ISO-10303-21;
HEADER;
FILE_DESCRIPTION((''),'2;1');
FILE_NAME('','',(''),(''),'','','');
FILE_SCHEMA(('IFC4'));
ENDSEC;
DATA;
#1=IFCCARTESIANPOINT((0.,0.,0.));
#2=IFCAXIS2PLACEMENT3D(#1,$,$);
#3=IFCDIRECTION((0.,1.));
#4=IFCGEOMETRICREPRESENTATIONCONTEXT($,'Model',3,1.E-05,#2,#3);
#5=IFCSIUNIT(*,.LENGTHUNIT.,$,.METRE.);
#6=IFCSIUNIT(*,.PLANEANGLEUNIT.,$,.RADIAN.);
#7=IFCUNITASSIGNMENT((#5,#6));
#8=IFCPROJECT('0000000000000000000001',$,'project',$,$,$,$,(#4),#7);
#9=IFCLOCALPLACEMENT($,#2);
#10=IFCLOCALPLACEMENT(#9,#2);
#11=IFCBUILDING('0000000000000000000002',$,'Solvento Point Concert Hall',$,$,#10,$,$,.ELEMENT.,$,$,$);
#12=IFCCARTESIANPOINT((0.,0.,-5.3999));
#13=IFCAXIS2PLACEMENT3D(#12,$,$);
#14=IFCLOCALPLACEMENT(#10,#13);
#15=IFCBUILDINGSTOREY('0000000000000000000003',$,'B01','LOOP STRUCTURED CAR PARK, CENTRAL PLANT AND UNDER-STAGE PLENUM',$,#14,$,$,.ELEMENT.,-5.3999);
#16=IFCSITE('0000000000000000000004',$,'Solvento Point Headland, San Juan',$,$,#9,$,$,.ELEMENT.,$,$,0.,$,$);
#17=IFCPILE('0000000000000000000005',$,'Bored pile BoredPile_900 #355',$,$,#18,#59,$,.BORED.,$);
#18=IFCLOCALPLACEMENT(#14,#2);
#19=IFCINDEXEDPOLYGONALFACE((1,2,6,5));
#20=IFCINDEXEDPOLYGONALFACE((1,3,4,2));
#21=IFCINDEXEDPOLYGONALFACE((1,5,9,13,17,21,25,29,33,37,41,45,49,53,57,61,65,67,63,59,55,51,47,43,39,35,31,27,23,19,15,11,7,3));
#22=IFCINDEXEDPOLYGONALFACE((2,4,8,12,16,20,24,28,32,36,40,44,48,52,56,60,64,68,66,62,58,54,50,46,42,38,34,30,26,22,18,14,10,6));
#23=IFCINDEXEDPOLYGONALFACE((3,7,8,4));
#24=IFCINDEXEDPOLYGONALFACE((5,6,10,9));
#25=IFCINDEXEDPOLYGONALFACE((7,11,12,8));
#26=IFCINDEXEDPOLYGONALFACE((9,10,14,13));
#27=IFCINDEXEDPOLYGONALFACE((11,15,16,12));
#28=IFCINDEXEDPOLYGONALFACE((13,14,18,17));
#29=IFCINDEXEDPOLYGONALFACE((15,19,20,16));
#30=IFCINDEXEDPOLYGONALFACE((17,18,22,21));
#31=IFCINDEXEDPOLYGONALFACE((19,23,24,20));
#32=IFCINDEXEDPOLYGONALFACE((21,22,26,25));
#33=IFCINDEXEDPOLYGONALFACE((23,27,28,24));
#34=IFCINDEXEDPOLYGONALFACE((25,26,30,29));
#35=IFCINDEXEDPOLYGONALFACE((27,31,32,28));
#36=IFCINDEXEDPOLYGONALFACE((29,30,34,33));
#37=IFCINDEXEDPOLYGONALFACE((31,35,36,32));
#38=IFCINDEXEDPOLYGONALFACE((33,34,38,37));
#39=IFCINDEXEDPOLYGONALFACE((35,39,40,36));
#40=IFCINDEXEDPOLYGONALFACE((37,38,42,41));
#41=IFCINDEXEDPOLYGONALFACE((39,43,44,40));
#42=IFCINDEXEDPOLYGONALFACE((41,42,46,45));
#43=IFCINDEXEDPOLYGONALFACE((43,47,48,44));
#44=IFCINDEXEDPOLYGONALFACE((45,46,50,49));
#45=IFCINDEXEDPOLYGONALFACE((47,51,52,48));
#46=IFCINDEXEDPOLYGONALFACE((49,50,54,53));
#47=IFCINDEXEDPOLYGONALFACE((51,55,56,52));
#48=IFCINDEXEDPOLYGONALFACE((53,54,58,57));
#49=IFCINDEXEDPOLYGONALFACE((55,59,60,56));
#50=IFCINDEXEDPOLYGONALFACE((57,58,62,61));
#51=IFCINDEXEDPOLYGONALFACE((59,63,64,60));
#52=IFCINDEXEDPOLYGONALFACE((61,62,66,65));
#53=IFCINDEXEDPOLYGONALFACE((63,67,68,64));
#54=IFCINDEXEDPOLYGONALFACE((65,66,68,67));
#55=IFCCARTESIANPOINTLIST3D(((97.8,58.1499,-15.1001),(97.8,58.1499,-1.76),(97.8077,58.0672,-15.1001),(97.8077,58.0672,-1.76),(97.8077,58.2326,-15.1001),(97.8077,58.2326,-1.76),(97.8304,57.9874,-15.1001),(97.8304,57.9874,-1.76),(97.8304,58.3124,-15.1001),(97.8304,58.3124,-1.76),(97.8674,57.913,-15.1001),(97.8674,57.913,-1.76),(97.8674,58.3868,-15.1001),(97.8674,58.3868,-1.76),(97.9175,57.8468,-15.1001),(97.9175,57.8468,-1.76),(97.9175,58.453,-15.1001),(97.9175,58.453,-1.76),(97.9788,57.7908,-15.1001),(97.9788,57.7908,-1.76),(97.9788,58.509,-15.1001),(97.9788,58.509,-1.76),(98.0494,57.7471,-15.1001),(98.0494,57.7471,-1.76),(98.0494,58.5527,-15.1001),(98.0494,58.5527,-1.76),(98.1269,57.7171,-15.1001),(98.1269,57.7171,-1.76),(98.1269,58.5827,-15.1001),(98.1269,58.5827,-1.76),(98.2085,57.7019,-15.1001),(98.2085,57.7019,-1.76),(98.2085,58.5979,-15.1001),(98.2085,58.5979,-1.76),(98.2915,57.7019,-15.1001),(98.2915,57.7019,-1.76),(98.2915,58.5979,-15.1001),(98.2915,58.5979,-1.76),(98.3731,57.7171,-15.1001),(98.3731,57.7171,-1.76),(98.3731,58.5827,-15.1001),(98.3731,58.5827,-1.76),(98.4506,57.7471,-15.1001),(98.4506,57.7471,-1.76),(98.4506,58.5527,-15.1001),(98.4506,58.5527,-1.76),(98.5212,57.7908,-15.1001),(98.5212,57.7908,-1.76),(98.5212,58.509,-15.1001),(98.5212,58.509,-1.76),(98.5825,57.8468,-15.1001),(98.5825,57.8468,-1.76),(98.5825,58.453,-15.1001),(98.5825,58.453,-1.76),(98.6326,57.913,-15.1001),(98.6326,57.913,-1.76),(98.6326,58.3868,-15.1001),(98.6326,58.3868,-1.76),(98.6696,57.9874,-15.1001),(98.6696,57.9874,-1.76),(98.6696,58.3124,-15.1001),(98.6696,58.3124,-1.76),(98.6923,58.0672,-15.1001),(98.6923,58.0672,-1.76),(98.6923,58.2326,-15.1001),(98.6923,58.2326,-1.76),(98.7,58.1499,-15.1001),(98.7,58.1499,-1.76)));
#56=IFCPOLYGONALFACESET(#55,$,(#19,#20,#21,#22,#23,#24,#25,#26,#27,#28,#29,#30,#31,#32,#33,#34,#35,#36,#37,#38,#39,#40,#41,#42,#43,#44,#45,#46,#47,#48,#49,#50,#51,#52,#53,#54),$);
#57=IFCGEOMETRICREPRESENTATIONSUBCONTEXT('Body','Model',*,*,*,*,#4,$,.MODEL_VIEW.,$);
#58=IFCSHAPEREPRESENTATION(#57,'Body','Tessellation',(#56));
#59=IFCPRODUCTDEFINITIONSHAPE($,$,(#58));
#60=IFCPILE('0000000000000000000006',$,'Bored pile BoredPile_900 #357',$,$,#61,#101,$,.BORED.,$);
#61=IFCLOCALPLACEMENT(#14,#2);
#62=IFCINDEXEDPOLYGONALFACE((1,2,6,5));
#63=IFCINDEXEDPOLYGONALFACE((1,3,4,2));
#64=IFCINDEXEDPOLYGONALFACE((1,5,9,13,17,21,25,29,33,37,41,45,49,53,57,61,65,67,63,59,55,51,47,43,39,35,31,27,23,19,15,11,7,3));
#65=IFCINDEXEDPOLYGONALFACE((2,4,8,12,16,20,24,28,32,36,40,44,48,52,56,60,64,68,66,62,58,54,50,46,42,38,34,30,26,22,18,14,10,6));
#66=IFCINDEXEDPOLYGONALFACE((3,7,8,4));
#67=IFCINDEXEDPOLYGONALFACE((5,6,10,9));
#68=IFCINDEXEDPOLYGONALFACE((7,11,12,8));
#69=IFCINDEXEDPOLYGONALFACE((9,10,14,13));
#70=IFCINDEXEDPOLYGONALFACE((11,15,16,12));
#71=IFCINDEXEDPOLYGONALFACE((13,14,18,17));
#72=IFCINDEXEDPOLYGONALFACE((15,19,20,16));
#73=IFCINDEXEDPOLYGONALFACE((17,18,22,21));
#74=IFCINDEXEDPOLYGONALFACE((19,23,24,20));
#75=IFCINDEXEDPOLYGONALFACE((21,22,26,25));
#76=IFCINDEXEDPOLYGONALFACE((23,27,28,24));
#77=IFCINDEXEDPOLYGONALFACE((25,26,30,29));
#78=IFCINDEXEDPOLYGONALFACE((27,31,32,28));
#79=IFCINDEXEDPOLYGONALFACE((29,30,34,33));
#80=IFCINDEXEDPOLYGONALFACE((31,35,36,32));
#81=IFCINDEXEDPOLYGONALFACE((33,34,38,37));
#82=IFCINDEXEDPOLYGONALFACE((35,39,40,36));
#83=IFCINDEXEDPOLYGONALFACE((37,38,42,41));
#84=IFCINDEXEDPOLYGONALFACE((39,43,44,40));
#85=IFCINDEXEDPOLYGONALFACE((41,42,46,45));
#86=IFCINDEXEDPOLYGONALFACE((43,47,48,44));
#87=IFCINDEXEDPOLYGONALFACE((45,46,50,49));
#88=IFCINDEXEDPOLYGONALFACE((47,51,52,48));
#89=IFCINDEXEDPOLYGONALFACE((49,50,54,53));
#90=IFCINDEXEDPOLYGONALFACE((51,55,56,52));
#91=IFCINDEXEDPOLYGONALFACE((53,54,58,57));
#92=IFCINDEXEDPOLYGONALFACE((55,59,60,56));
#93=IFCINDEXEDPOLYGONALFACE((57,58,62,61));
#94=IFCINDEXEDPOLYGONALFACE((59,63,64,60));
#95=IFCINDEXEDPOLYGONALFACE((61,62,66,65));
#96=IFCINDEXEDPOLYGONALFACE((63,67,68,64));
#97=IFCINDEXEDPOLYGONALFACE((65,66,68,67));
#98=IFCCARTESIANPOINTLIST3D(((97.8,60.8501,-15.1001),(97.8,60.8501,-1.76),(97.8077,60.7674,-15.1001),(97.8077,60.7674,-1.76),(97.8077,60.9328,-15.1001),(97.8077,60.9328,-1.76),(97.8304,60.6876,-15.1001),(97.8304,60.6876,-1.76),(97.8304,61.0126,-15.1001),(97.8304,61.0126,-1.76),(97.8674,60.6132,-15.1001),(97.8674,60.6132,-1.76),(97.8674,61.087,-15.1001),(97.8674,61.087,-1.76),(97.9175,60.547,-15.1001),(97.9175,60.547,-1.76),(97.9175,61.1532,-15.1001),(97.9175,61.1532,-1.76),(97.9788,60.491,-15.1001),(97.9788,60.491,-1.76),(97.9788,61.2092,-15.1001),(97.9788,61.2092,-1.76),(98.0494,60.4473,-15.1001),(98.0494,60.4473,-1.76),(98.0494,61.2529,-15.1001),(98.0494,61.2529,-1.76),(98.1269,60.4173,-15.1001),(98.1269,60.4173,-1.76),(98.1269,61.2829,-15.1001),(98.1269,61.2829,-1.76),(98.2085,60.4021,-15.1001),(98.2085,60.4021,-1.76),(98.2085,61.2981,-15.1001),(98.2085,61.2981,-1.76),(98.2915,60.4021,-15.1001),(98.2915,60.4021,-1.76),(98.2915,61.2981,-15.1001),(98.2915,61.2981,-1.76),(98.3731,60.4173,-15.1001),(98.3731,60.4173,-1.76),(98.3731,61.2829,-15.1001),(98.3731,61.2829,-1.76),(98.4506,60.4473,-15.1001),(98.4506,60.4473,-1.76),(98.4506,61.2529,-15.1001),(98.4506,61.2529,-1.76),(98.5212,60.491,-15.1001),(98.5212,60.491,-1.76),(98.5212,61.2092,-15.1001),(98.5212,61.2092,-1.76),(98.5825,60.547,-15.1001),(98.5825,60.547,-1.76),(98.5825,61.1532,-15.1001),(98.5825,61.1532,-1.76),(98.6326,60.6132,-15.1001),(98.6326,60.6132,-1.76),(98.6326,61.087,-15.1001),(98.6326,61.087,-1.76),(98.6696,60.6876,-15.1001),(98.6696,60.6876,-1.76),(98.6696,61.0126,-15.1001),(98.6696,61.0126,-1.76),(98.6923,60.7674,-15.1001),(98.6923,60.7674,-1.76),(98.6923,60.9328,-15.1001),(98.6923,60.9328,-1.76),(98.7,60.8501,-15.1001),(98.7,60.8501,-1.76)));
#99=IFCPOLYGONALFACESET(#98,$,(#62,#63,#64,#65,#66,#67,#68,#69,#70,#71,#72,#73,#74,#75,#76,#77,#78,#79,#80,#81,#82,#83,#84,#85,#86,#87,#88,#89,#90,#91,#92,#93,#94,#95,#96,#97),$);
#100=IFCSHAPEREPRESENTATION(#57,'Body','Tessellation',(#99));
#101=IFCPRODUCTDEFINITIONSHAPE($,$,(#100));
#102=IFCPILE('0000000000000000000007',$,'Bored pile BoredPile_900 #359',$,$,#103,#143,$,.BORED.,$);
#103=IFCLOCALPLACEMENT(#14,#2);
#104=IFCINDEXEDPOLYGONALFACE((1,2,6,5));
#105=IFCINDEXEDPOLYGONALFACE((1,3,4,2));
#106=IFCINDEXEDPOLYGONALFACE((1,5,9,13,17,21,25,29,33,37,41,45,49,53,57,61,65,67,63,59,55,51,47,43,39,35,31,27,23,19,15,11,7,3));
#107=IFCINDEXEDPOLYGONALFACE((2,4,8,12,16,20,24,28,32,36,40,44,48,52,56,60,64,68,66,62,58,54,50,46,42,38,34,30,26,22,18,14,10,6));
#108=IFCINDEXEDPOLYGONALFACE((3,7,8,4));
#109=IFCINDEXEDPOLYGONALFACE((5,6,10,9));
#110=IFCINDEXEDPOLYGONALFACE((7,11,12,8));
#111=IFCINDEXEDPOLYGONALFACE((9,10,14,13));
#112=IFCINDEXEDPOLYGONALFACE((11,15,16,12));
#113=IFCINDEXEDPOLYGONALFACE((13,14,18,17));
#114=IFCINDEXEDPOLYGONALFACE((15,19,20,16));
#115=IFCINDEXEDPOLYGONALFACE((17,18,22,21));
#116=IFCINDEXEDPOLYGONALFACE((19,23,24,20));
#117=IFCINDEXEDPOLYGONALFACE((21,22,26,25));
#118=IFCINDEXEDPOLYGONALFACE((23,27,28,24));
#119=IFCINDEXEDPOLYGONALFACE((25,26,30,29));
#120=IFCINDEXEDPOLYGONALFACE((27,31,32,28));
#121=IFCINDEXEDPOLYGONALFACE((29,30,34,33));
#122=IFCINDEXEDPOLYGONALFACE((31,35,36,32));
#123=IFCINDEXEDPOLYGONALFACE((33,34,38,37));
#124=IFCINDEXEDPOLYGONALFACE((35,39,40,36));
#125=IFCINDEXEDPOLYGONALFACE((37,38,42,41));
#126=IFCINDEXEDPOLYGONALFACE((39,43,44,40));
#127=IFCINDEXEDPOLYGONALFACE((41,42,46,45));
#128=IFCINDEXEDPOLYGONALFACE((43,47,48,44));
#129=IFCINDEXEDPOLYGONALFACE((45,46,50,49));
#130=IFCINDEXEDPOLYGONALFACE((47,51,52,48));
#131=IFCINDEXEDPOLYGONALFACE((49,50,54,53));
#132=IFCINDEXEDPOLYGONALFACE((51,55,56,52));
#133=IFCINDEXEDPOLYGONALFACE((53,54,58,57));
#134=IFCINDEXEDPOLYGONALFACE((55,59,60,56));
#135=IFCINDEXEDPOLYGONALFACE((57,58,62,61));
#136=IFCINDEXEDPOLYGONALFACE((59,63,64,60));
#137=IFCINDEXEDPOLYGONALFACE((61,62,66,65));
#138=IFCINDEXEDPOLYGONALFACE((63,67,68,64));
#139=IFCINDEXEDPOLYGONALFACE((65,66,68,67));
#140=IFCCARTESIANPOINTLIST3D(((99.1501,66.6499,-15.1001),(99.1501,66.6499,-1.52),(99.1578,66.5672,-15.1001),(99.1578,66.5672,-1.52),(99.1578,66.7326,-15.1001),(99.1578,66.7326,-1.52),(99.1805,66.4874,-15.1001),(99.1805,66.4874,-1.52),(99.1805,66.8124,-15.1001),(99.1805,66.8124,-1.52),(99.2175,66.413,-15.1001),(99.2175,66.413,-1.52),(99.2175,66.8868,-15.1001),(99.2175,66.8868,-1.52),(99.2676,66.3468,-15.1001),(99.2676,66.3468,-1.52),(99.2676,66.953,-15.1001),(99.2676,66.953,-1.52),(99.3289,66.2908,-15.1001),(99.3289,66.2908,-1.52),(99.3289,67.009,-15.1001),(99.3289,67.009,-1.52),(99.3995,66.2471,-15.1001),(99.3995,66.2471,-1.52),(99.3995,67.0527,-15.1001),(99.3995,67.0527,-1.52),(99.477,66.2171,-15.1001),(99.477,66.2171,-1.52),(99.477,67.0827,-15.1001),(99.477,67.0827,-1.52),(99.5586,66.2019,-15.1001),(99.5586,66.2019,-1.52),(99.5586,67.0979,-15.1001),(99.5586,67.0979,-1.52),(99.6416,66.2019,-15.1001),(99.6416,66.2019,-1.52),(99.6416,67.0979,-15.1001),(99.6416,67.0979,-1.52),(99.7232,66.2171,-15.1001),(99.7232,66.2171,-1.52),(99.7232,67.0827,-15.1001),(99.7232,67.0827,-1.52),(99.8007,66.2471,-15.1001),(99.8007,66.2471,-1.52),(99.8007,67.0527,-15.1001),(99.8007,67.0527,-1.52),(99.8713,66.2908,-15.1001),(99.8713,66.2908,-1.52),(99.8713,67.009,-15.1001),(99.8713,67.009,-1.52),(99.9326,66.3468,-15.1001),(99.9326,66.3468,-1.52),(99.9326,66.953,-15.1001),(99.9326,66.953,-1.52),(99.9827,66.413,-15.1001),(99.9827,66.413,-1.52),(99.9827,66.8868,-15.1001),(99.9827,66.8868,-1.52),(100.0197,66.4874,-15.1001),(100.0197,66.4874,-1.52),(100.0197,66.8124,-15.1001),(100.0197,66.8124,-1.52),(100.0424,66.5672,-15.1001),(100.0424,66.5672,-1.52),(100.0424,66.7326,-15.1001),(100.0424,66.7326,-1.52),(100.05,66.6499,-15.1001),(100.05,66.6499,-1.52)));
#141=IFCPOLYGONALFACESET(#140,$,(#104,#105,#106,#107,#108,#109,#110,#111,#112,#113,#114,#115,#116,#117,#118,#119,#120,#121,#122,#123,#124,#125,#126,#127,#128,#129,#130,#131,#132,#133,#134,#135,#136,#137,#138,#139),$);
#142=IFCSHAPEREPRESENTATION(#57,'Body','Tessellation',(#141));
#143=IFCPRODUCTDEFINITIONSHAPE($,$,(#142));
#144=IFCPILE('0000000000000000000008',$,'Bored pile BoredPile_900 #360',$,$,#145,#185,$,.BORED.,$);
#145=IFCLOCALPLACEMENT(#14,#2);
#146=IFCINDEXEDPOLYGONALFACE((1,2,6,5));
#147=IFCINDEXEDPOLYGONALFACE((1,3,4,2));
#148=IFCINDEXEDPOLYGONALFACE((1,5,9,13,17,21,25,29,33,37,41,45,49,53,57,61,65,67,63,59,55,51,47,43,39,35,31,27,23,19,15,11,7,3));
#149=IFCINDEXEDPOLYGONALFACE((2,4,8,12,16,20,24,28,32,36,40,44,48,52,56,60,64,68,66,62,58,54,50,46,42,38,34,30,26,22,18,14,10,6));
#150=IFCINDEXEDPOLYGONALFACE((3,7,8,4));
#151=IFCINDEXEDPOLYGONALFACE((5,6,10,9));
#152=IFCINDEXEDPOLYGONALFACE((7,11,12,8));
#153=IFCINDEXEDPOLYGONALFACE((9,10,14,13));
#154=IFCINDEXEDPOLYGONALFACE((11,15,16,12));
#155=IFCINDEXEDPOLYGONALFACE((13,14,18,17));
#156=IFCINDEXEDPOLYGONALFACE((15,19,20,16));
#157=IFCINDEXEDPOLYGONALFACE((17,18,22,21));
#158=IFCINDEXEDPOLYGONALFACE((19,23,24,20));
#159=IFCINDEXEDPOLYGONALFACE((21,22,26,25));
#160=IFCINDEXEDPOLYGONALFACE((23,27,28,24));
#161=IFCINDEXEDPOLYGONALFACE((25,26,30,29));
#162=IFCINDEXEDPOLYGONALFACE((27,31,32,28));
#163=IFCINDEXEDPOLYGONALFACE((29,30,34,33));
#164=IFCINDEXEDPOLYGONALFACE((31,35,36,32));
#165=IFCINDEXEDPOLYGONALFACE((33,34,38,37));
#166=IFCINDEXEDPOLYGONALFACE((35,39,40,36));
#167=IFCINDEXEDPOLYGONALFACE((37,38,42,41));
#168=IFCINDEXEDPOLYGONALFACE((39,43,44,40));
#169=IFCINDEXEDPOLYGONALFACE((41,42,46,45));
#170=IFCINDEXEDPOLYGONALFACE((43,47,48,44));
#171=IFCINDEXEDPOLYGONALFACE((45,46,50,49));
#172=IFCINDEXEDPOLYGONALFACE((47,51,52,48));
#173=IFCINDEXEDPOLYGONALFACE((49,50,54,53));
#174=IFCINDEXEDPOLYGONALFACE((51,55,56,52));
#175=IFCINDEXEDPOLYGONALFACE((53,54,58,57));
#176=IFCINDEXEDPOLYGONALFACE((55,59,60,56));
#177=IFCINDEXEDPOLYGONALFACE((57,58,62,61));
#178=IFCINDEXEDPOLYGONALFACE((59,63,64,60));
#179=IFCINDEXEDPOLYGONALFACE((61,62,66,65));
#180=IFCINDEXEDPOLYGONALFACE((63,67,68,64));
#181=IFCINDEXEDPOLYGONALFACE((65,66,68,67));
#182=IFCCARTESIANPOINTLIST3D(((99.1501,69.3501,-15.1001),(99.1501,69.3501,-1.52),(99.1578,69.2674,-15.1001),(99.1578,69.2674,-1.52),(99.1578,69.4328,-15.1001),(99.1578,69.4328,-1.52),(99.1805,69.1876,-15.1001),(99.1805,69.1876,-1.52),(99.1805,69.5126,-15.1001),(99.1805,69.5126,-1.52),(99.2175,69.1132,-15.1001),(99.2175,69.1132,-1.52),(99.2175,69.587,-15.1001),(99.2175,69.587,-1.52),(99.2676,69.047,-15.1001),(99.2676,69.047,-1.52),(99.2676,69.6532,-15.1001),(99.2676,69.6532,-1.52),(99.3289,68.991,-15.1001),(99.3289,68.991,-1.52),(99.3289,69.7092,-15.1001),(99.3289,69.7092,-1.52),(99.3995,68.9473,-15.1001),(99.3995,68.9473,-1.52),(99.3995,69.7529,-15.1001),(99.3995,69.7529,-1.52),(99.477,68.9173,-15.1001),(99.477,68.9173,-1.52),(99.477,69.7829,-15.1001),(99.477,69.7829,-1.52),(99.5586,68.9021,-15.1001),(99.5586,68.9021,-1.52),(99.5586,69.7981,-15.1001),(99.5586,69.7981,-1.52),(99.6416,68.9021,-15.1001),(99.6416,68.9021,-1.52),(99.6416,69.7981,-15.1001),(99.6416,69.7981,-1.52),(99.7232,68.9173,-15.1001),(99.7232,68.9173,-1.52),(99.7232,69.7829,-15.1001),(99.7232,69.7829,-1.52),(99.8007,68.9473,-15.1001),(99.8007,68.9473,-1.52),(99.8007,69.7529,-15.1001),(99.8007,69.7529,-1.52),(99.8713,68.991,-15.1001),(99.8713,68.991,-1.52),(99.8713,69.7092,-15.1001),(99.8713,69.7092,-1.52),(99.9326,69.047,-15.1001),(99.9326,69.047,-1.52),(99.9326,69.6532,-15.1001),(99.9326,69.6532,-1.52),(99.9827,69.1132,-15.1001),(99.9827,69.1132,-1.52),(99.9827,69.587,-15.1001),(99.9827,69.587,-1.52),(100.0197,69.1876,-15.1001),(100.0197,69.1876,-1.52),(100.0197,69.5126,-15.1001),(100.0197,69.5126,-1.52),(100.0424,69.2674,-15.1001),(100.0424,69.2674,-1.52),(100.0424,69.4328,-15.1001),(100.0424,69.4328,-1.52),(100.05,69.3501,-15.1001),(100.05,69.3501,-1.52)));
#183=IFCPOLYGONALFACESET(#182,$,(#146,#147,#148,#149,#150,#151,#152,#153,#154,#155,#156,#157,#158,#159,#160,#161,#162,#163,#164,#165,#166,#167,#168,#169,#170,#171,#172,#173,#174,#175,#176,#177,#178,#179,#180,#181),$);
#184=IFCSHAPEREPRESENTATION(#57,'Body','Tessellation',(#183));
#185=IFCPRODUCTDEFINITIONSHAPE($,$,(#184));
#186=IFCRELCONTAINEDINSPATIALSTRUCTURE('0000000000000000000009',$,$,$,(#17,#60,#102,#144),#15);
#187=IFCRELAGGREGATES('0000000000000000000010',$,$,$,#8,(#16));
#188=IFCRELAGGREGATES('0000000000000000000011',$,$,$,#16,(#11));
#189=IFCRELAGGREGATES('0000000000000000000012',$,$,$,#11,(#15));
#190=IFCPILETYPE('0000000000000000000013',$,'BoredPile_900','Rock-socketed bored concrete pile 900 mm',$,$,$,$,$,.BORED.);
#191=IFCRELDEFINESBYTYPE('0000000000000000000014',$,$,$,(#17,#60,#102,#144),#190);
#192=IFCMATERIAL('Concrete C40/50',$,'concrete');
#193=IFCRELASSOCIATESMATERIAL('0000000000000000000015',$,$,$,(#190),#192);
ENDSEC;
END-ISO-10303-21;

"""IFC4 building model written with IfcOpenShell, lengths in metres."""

from ifc_helpers import new_model, si_unit, direction, frame, origin, origin_2d, place, context, subcontext, project, spatial, circle, extrude, material, material_profile, profile_set, type_object, element, save


model = new_model("IFC4")

# Units and contexts
model_context = context("Model", 3, precision=1e-05, world=origin(), true_north=direction((0.0, 1.0)))
body_context = subcontext(model_context, "Body", "Model", "MODEL_VIEW")
ifc_project = project(units=[si_unit("LENGTHUNIT", "METRE"), si_unit("PLANEANGLEUNIT", "RADIAN")], contexts=[model_context])

# Site, building, storey
site_placement = place(None, origin())
site = spatial("IfcSite", under=ifc_project, at=site_placement, Name="Solvento Point Headland, San Juan", CompositionType="ELEMENT", RefElevation=0.0)
building_placement = place(site_placement, origin())
building = spatial("IfcBuilding", under=site, at=building_placement, Name="Solvento Point Concert Hall", CompositionType="ELEMENT")
storey_placement = place(building_placement, frame((0.0, 0.0, -5.3999)))
storey = spatial("IfcBuildingStorey", under=building, at=storey_placement, Name="B01", Description="LOOP STRUCTURED CAR PARK, CENTRAL PLANT AND UNDER-STAGE PLENUM", CompositionType="ELEMENT", Elevation=-5.3999)

# Piles
ifc_material_1 = material(Name="Concrete C40/50", Category="concrete")
ifc_material_profile_1 = material_profile(ifc_material_1, circle(Radius=0.45, at=origin_2d()), Name="BP-900")
ifc_profile_set_1 = profile_set([ifc_material_profile_1], Name="Concrete C40/50")
pile_type = type_object("IfcPileType", Name="BoredPile_900", Description="Rock-socketed bored concrete pile 900 mm", PredefinedType="BORED", material=ifc_profile_set_1)
for number, where, z_axis, x_axis, name in (
    (1, (98.25, 58.1499, -1.76), (0.0, 0.0, -1.0), (1.0, 0.0, 0.0), "Bored pile BoredPile_900 #355"),
    (2, (98.25, 60.8501, -1.76), (0.0, 0.0, -1.0), (1.0, 0.0, 0.0), "Bored pile BoredPile_900 #357"),
):
    element("IfcPile", number, at=place(storey_placement, frame(where, z_axis=z_axis, x_axis=x_axis)), inside=storey, type_object=pile_type, Name=name, PredefinedType="BORED", context=body_context, shape_type="SweptSolid", body=[
        extrude(circle(Radius=0.45, at=origin_2d()), origin(), (0.0, 0.0, 1.0), 13.3401),
    ])
for number, where, z_axis, x_axis, name in (
    (3, (99.6001, 66.6499, -1.52), (0.0, 0.0, -1.0), (1.0, 0.0, 0.0), "Bored pile BoredPile_900 #359"),
    (4, (99.6001, 69.3501, -1.52), (0.0, 0.0, -1.0), (1.0, 0.0, 0.0), "Bored pile BoredPile_900 #360"),
):
    element("IfcPile", number, at=place(storey_placement, frame(where, z_axis=z_axis, x_axis=x_axis)), inside=storey, type_object=pile_type, Name=name, PredefinedType="BORED", context=body_context, shape_type="SweptSolid", body=[
        extrude(circle(Radius=0.45, at=origin_2d()), origin(), (0.0, 0.0, 1.0), 13.5801),
    ])

save(model, "model.ifc")
